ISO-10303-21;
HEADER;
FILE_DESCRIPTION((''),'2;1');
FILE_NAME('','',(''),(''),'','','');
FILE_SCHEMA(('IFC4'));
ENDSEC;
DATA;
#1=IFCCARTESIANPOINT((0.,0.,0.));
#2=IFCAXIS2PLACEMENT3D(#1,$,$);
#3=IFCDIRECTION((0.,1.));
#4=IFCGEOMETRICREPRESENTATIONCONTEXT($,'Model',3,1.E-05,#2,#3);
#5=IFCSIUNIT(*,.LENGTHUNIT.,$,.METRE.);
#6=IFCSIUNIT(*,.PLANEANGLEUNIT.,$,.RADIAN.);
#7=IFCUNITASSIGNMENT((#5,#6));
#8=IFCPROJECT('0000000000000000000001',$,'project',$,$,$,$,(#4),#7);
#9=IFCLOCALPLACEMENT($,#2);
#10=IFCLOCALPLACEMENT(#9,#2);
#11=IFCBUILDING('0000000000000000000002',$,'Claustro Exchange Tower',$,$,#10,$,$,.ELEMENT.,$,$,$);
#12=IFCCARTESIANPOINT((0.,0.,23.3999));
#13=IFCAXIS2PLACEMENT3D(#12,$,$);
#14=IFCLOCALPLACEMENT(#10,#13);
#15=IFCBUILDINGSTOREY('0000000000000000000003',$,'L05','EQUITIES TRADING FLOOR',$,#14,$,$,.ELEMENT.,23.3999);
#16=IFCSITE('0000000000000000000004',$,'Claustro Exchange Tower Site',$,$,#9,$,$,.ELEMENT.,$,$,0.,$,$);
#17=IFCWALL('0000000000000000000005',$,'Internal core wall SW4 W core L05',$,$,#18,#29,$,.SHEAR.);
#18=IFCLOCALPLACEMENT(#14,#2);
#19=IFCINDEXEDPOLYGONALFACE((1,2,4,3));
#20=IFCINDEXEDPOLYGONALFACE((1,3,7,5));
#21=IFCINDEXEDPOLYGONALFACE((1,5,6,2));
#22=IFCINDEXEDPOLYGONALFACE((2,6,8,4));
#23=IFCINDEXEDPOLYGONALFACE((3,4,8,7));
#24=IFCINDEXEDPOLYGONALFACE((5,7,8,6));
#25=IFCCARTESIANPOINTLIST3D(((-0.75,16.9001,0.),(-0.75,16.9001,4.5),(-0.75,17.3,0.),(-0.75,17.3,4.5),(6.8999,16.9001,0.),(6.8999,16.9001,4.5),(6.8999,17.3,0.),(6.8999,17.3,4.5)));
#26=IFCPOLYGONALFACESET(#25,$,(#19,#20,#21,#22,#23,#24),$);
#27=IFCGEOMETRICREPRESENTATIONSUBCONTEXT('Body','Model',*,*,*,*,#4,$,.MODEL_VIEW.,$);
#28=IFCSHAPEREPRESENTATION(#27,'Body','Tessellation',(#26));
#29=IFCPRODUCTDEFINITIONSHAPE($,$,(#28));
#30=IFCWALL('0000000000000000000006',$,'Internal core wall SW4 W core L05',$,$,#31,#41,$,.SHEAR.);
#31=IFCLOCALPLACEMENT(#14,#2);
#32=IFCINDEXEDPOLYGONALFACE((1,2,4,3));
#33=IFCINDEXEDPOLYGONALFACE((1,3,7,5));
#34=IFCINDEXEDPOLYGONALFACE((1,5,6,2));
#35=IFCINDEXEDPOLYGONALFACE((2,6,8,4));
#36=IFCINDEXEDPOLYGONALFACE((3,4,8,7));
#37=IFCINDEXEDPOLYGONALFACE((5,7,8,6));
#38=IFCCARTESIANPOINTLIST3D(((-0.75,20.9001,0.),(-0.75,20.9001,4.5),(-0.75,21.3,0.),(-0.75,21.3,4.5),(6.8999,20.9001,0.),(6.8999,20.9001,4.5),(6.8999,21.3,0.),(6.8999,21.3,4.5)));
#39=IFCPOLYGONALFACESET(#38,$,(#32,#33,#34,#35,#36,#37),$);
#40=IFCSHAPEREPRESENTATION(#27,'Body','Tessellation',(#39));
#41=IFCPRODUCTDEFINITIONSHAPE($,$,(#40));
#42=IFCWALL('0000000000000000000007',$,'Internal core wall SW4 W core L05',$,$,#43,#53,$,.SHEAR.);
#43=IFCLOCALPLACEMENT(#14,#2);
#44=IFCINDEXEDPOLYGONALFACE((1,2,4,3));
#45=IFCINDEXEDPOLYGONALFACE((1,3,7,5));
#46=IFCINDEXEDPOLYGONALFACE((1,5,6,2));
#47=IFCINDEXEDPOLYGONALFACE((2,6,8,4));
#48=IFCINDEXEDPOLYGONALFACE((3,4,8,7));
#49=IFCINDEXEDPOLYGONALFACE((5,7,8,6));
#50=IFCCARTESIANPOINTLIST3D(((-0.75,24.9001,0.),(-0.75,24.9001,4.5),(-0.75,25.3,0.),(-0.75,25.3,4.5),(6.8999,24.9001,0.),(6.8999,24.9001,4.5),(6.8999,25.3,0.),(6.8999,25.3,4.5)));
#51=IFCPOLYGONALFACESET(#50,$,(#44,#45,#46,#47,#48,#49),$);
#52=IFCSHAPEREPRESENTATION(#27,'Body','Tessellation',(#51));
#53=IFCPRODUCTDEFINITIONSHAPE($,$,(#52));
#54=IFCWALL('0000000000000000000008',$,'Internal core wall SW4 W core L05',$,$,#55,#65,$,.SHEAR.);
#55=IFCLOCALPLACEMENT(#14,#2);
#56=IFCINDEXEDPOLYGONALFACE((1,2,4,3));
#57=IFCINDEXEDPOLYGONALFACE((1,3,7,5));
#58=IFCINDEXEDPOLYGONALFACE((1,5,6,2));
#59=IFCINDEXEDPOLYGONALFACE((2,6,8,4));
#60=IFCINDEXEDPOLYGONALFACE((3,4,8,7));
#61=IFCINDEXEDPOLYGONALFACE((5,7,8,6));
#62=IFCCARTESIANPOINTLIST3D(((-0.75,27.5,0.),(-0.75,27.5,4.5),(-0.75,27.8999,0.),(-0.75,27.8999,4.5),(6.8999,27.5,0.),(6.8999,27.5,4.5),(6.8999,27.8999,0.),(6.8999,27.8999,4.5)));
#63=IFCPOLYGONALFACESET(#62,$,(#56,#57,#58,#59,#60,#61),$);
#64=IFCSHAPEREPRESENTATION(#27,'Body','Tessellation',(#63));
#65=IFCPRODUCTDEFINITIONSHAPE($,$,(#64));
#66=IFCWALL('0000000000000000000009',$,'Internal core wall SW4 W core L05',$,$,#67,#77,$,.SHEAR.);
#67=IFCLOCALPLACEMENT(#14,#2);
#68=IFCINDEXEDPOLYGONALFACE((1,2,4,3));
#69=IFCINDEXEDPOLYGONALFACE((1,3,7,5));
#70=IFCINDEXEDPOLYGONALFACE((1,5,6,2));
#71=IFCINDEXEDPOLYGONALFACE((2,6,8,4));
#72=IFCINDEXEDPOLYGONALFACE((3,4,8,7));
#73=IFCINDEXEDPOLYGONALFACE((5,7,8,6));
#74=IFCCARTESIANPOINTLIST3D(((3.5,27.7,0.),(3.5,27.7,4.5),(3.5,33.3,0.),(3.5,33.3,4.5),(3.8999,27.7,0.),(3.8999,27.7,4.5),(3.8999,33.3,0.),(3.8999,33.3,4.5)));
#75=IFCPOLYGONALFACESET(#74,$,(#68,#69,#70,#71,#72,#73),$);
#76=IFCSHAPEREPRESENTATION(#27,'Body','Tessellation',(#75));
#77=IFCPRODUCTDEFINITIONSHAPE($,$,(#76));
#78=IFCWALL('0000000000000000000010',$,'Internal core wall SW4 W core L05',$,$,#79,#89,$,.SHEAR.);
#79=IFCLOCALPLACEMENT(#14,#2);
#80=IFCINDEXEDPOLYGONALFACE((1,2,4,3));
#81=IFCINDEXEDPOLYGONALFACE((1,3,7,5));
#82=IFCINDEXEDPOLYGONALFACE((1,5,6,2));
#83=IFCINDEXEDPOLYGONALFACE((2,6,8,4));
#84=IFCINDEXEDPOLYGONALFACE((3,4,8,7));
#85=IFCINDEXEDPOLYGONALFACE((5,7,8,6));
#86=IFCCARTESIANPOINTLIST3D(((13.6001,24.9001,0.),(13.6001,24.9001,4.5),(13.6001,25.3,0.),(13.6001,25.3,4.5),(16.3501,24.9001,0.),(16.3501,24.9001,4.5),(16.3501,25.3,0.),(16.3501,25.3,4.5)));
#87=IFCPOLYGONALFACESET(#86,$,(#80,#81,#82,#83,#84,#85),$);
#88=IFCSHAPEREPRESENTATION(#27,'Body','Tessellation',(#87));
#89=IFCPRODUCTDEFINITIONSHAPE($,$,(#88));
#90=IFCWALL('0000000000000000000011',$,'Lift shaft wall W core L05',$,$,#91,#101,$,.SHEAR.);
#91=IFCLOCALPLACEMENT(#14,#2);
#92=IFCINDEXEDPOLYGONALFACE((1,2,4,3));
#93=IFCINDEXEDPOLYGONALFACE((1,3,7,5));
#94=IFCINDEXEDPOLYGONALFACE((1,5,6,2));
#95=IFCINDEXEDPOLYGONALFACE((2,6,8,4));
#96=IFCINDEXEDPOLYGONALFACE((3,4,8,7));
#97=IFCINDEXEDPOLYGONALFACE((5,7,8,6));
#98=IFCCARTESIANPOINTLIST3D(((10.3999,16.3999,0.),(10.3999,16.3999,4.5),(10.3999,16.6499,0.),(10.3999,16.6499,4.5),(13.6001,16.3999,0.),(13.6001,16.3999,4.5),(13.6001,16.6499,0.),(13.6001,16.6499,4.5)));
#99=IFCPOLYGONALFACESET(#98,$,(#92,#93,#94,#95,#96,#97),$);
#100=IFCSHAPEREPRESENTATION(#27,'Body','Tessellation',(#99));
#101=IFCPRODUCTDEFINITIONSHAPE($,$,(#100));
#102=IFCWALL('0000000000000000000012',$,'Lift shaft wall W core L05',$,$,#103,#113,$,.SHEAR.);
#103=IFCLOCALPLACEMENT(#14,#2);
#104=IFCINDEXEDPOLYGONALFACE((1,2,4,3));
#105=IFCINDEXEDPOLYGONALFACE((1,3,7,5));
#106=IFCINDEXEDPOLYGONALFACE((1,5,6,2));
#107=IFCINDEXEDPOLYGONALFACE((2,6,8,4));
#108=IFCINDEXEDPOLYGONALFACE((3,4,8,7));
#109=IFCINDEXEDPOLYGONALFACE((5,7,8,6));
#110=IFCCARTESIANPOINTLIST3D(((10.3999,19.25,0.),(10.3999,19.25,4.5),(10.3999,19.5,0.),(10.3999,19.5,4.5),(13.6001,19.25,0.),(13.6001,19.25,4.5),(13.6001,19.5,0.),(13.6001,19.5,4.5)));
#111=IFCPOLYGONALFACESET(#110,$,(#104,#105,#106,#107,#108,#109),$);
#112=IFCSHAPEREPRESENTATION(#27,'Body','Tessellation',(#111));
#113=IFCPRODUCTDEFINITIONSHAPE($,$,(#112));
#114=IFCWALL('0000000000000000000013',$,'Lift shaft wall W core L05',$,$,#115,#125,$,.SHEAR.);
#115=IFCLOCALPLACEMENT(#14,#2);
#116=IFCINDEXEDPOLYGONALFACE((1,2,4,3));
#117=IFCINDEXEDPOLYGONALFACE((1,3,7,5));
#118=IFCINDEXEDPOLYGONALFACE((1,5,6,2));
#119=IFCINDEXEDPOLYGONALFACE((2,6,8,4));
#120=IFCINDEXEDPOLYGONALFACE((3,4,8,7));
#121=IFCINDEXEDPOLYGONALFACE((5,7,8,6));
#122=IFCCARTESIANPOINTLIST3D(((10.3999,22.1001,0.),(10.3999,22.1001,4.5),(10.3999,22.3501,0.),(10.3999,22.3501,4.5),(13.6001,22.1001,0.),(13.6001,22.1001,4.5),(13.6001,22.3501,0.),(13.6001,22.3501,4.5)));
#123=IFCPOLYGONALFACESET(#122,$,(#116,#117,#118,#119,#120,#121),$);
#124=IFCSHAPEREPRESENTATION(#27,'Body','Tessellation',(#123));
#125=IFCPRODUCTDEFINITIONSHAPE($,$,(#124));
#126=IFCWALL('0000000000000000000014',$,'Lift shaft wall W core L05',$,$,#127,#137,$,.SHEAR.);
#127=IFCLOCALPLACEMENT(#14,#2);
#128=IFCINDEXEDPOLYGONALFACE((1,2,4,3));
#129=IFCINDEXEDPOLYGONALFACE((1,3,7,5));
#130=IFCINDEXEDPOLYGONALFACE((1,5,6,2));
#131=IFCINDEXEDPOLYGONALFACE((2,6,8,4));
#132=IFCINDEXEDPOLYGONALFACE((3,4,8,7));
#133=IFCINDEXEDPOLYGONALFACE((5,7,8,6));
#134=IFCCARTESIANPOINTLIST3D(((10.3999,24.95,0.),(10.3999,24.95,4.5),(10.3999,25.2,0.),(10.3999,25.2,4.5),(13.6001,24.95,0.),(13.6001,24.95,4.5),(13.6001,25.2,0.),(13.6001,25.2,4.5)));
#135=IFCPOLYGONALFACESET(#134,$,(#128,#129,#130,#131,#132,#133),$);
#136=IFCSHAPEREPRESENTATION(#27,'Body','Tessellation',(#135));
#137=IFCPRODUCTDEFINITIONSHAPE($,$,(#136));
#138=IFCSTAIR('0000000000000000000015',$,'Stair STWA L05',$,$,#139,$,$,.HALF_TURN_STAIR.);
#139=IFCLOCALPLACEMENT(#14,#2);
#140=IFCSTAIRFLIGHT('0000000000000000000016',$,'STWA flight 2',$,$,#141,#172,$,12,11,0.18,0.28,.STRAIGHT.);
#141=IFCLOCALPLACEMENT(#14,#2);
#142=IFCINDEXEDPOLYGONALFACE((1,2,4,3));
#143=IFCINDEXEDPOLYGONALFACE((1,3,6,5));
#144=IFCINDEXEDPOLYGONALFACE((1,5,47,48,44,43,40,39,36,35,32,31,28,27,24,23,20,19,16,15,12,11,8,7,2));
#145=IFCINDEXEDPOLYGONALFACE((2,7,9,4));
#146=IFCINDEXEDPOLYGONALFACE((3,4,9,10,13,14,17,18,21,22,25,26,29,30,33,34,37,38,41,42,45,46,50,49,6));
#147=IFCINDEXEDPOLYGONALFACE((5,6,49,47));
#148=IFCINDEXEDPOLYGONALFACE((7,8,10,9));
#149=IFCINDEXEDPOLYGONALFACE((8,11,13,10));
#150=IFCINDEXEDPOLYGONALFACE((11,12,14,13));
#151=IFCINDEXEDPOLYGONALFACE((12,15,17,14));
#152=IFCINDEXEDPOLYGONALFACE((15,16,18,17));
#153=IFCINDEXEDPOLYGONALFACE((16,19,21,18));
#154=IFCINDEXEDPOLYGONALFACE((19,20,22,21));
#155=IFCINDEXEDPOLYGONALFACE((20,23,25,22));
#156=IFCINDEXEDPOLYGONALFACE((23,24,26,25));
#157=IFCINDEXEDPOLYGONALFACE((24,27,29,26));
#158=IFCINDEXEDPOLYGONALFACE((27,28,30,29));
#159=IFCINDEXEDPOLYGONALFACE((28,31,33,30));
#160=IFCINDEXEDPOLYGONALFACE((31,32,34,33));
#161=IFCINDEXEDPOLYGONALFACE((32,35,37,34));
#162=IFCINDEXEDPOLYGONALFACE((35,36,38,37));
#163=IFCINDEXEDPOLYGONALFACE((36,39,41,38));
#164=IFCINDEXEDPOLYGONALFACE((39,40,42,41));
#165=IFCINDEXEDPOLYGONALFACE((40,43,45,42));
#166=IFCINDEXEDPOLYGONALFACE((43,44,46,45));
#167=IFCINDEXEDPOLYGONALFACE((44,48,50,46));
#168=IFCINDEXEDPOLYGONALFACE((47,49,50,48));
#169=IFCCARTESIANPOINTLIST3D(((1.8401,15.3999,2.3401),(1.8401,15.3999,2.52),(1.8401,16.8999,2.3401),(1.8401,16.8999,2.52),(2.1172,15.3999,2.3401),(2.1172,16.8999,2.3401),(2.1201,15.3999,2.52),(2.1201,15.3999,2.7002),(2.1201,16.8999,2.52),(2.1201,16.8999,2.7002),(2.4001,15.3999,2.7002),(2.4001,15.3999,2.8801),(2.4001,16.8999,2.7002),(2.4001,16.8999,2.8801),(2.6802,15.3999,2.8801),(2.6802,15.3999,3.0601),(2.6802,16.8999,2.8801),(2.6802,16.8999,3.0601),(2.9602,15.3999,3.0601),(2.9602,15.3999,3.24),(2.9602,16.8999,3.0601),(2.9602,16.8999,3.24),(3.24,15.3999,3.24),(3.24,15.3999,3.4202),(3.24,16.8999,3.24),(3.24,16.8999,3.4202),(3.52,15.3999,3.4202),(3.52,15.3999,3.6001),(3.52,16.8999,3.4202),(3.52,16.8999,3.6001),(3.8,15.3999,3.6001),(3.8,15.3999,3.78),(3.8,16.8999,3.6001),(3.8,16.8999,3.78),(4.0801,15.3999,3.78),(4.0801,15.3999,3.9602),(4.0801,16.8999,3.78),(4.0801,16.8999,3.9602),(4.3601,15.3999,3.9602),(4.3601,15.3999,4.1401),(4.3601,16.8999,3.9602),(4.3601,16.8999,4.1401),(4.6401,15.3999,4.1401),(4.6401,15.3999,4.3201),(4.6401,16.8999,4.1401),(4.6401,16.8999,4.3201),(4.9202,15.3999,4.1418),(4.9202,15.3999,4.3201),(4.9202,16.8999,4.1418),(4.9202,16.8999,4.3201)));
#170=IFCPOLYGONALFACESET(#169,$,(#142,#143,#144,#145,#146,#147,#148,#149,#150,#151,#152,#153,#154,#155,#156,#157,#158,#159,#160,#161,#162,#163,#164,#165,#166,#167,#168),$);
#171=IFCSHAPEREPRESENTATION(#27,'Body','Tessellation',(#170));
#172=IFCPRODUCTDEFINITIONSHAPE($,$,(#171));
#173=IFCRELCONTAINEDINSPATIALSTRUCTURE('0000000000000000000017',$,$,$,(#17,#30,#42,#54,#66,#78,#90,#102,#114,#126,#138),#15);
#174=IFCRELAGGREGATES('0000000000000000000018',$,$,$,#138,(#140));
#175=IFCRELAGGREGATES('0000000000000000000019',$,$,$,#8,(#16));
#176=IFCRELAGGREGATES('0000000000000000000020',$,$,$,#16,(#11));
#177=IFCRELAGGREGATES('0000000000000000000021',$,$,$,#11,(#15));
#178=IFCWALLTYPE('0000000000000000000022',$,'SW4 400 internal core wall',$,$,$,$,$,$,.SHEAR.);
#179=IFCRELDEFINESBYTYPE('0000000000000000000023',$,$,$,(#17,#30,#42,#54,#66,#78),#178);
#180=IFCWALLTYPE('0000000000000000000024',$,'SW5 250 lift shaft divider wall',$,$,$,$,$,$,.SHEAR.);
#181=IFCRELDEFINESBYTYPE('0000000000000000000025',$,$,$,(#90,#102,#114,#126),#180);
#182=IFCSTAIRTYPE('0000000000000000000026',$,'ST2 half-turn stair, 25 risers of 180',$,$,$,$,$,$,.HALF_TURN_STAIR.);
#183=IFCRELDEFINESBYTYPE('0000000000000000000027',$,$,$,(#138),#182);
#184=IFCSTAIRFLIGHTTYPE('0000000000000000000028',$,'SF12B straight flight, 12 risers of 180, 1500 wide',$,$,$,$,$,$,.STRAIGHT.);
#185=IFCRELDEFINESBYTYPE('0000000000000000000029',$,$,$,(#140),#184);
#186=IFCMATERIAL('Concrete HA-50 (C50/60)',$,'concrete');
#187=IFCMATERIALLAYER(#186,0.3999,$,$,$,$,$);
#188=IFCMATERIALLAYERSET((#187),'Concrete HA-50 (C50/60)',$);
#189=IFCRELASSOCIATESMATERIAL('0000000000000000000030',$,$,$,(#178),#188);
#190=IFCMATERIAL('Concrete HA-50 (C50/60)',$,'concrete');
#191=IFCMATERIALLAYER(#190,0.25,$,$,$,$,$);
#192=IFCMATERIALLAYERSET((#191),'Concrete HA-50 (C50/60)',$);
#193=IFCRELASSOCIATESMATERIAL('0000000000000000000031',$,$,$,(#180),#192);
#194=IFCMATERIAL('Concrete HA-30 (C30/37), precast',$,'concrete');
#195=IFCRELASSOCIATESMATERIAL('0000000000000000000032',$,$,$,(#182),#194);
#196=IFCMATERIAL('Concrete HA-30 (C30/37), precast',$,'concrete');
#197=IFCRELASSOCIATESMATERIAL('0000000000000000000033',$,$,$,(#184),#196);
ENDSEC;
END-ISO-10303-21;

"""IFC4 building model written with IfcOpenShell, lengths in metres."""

from ifc_helpers import new_model, si_unit, direction, frame, frame_2d, origin, place, context, subcontext, project, spatial, polyline, rectangle, outline, extrude, material, layer, layer_set, type_object, element, aggregate, save


model = new_model("IFC4")

# Units and contexts
model_context = context("Model", 3, precision=1e-05, world=origin(), true_north=direction((0.0, 1.0)))
body_context = subcontext(model_context, "Body", "Model", "MODEL_VIEW")
ifc_project = project(units=[si_unit("LENGTHUNIT", "METRE"), si_unit("PLANEANGLEUNIT", "RADIAN")], contexts=[model_context])

# Site, building, storey
site_placement = place(None, origin())
site = spatial("IfcSite", under=ifc_project, at=site_placement, Name="Claustro Exchange Tower Site", CompositionType="ELEMENT", RefElevation=0.0)
building_placement = place(site_placement, origin())
building = spatial("IfcBuilding", under=site, at=building_placement, Name="Claustro Exchange Tower", CompositionType="ELEMENT")
storey_placement = place(building_placement, frame((0.0, 0.0, 23.3999)))
storey = spatial("IfcBuildingStorey", under=building, at=storey_placement, Name="L05", Description="EQUITIES TRADING FLOOR", CompositionType="ELEMENT", Elevation=23.3999)

# Walls
ifc_material_1 = material(Name="Concrete HA-50 (C50/60)", Category="concrete")
ifc_layer_1 = layer(ifc_material_1, 0.3999)
ifc_layer_set_1 = layer_set([ifc_layer_1], Name="Concrete HA-50 (C50/60)")
wall_type_1 = type_object("IfcWallType", Name="SW4 400 internal core wall", PredefinedType="SHEAR", material=ifc_layer_set_1)
for number, where, z_axis, x_axis, name in (
    (1, (-0.75, 17.1001, 0.0), (0.0, 0.0, 1.0), (1.0, 0.0, 0.0), "Internal core wall SW4 W core L05"),
    (2, (-0.75, 21.1001, 0.0), (0.0, 0.0, 1.0), (1.0, 0.0, 0.0), "Internal core wall SW4 W core L05"),
    (3, (-0.75, 25.1001, 0.0), (0.0, 0.0, 1.0), (1.0, 0.0, 0.0), "Internal core wall SW4 W core L05"),
    (4, (-0.75, 27.7, 0.0), (0.0, 0.0, 1.0), (1.0, 0.0, 0.0), "Internal core wall SW4 W core L05"),
):
    element("IfcWall", number, at=place(storey_placement, frame(where, z_axis=z_axis, x_axis=x_axis)), inside=storey, type_object=wall_type_1, Name=name, PredefinedType="SHEAR", context=body_context, shape_type="SweptSolid", body=[
        extrude(rectangle(XDim=7.6499, YDim=0.3999, at=frame_2d((3.825, 0.0))), origin(), (0.0, 0.0, 1.0), 4.5),
    ])
wall_1_placement = place(storey_placement, frame((3.7, 27.7, 0.0), z_axis=(0.0, 0.0, 1.0), x_axis=(0.0, 1.0, 0.0)))
element("IfcWall", 5, at=wall_1_placement, inside=storey, type_object=wall_type_1, Name="Internal core wall SW4 W core L05", PredefinedType="SHEAR", context=body_context, shape_type="SweptSolid", body=[
    extrude(rectangle(XDim=5.6001, YDim=0.3999, at=frame_2d((2.8, 0.0))), origin(), (0.0, 0.0, 1.0), 4.5),
])
wall_2_placement = place(storey_placement, frame((13.6001, 25.1001, 0.0), z_axis=(0.0, 0.0, 1.0), x_axis=(1.0, 0.0, 0.0)))
element("IfcWall", 6, at=wall_2_placement, inside=storey, type_object=wall_type_1, Name="Internal core wall SW4 W core L05", PredefinedType="SHEAR", context=body_context, shape_type="SweptSolid", body=[
    extrude(rectangle(XDim=2.75, YDim=0.3999, at=frame_2d((1.375, 0.0))), origin(), (0.0, 0.0, 1.0), 4.5),
])
ifc_material_2 = material(Name="Concrete HA-50 (C50/60)", Category="concrete")
ifc_layer_2 = layer(ifc_material_2, 0.25)
ifc_layer_set_2 = layer_set([ifc_layer_2], Name="Concrete HA-50 (C50/60)")
wall_type_2 = type_object("IfcWallType", Name="SW5 250 lift shaft divider wall", PredefinedType="SHEAR", material=ifc_layer_set_2)
for number, where, z_axis, x_axis, name in (
    (7, (10.3999, 16.5249, 0.0), (0.0, 0.0, 1.0), (1.0, 0.0, 0.0), "Lift shaft wall W core L05"),
    (8, (10.3999, 19.375, 0.0), (0.0, 0.0, 1.0), (1.0, 0.0, 0.0), "Lift shaft wall W core L05"),
    (9, (10.3999, 22.2251, 0.0), (0.0, 0.0, 1.0), (1.0, 0.0, 0.0), "Lift shaft wall W core L05"),
    (10, (10.3999, 25.075, 0.0), (0.0, 0.0, 1.0), (1.0, 0.0, 0.0), "Lift shaft wall W core L05"),
):
    element("IfcWall", number, at=place(storey_placement, frame(where, z_axis=z_axis, x_axis=x_axis)), inside=storey, type_object=wall_type_2, Name=name, PredefinedType="SHEAR", context=body_context, shape_type="SweptSolid", body=[
        extrude(rectangle(XDim=3.2002, YDim=0.25, at=frame_2d((1.6001, 0.0))), origin(), (0.0, 0.0, 1.0), 4.5),
    ])

# Stair, stair flight
ifc_material_3 = material(Name="Concrete HA-30 (C30/37), precast", Category="concrete")
stair_type = type_object("IfcStairType", Name="ST2 half-turn stair, 25 risers of 180", PredefinedType="HALF_TURN_STAIR", material=ifc_material_3)
stair_placement = place(storey_placement, origin())
stair = element("IfcStair", 11, at=stair_placement, inside=storey, type_object=stair_type, Name="Stair STWA L05", PredefinedType="HALF_TURN_STAIR")
ifc_material_4 = material(Name="Concrete HA-30 (C30/37), precast", Category="concrete")
stair_flight_type = type_object("IfcStairFlightType", Name="SF12B straight flight, 12 risers of 180, 1500 wide", PredefinedType="STRAIGHT", material=ifc_material_4)
stair_flight_placement = place(storey_placement, frame((1.8401, 16.1499, 2.3401), z_axis=(0.0, 0.0, 1.0), x_axis=(1.0, 0.0, 0.0)))
stair_flight = element("IfcStairFlight", 12, at=stair_flight_placement, type_object=stair_flight_type, Name="STWA flight 2", NumberOfRisers=12, NumberOfTreads=11, PredefinedType="STRAIGHT", RiserHeight=0.18, TreadLength=0.28, context=body_context, shape_type="SweptSolid", body=[
    extrude(outline(polyline([(0.0, 0.0), (0.0, 0.1799), (0.28, 0.1799), (0.28, 0.3601), (0.5601, 0.3601), (0.5601, 0.54), (0.8401, 0.54), (0.8401, 0.72), (1.1201, 0.72), (1.1201, 0.8999), (1.3999, 0.8999), (1.3999, 1.0801), (1.6799, 1.0801), (1.6799, 1.26), (1.96, 1.26), (1.96, 1.4399), (2.24, 1.4399), (2.24, 1.6201), (2.52, 1.6201), (2.52, 1.8), (2.8, 1.8), (2.8, 1.98), (3.0801, 1.98), (3.0801, 2.1599), (3.0801, 1.8018), (0.2771, 0.0), (0.0, 0.0)])), frame((0.0, 0.75, 0.0), z_axis=(0.0, -1.0, 0.0), x_axis=(1.0, 0.0, 0.0)), (0.0, 0.0, 1.0), 1.5),
])
aggregate(stair, [stair_flight])

save(model, "model.ifc")
